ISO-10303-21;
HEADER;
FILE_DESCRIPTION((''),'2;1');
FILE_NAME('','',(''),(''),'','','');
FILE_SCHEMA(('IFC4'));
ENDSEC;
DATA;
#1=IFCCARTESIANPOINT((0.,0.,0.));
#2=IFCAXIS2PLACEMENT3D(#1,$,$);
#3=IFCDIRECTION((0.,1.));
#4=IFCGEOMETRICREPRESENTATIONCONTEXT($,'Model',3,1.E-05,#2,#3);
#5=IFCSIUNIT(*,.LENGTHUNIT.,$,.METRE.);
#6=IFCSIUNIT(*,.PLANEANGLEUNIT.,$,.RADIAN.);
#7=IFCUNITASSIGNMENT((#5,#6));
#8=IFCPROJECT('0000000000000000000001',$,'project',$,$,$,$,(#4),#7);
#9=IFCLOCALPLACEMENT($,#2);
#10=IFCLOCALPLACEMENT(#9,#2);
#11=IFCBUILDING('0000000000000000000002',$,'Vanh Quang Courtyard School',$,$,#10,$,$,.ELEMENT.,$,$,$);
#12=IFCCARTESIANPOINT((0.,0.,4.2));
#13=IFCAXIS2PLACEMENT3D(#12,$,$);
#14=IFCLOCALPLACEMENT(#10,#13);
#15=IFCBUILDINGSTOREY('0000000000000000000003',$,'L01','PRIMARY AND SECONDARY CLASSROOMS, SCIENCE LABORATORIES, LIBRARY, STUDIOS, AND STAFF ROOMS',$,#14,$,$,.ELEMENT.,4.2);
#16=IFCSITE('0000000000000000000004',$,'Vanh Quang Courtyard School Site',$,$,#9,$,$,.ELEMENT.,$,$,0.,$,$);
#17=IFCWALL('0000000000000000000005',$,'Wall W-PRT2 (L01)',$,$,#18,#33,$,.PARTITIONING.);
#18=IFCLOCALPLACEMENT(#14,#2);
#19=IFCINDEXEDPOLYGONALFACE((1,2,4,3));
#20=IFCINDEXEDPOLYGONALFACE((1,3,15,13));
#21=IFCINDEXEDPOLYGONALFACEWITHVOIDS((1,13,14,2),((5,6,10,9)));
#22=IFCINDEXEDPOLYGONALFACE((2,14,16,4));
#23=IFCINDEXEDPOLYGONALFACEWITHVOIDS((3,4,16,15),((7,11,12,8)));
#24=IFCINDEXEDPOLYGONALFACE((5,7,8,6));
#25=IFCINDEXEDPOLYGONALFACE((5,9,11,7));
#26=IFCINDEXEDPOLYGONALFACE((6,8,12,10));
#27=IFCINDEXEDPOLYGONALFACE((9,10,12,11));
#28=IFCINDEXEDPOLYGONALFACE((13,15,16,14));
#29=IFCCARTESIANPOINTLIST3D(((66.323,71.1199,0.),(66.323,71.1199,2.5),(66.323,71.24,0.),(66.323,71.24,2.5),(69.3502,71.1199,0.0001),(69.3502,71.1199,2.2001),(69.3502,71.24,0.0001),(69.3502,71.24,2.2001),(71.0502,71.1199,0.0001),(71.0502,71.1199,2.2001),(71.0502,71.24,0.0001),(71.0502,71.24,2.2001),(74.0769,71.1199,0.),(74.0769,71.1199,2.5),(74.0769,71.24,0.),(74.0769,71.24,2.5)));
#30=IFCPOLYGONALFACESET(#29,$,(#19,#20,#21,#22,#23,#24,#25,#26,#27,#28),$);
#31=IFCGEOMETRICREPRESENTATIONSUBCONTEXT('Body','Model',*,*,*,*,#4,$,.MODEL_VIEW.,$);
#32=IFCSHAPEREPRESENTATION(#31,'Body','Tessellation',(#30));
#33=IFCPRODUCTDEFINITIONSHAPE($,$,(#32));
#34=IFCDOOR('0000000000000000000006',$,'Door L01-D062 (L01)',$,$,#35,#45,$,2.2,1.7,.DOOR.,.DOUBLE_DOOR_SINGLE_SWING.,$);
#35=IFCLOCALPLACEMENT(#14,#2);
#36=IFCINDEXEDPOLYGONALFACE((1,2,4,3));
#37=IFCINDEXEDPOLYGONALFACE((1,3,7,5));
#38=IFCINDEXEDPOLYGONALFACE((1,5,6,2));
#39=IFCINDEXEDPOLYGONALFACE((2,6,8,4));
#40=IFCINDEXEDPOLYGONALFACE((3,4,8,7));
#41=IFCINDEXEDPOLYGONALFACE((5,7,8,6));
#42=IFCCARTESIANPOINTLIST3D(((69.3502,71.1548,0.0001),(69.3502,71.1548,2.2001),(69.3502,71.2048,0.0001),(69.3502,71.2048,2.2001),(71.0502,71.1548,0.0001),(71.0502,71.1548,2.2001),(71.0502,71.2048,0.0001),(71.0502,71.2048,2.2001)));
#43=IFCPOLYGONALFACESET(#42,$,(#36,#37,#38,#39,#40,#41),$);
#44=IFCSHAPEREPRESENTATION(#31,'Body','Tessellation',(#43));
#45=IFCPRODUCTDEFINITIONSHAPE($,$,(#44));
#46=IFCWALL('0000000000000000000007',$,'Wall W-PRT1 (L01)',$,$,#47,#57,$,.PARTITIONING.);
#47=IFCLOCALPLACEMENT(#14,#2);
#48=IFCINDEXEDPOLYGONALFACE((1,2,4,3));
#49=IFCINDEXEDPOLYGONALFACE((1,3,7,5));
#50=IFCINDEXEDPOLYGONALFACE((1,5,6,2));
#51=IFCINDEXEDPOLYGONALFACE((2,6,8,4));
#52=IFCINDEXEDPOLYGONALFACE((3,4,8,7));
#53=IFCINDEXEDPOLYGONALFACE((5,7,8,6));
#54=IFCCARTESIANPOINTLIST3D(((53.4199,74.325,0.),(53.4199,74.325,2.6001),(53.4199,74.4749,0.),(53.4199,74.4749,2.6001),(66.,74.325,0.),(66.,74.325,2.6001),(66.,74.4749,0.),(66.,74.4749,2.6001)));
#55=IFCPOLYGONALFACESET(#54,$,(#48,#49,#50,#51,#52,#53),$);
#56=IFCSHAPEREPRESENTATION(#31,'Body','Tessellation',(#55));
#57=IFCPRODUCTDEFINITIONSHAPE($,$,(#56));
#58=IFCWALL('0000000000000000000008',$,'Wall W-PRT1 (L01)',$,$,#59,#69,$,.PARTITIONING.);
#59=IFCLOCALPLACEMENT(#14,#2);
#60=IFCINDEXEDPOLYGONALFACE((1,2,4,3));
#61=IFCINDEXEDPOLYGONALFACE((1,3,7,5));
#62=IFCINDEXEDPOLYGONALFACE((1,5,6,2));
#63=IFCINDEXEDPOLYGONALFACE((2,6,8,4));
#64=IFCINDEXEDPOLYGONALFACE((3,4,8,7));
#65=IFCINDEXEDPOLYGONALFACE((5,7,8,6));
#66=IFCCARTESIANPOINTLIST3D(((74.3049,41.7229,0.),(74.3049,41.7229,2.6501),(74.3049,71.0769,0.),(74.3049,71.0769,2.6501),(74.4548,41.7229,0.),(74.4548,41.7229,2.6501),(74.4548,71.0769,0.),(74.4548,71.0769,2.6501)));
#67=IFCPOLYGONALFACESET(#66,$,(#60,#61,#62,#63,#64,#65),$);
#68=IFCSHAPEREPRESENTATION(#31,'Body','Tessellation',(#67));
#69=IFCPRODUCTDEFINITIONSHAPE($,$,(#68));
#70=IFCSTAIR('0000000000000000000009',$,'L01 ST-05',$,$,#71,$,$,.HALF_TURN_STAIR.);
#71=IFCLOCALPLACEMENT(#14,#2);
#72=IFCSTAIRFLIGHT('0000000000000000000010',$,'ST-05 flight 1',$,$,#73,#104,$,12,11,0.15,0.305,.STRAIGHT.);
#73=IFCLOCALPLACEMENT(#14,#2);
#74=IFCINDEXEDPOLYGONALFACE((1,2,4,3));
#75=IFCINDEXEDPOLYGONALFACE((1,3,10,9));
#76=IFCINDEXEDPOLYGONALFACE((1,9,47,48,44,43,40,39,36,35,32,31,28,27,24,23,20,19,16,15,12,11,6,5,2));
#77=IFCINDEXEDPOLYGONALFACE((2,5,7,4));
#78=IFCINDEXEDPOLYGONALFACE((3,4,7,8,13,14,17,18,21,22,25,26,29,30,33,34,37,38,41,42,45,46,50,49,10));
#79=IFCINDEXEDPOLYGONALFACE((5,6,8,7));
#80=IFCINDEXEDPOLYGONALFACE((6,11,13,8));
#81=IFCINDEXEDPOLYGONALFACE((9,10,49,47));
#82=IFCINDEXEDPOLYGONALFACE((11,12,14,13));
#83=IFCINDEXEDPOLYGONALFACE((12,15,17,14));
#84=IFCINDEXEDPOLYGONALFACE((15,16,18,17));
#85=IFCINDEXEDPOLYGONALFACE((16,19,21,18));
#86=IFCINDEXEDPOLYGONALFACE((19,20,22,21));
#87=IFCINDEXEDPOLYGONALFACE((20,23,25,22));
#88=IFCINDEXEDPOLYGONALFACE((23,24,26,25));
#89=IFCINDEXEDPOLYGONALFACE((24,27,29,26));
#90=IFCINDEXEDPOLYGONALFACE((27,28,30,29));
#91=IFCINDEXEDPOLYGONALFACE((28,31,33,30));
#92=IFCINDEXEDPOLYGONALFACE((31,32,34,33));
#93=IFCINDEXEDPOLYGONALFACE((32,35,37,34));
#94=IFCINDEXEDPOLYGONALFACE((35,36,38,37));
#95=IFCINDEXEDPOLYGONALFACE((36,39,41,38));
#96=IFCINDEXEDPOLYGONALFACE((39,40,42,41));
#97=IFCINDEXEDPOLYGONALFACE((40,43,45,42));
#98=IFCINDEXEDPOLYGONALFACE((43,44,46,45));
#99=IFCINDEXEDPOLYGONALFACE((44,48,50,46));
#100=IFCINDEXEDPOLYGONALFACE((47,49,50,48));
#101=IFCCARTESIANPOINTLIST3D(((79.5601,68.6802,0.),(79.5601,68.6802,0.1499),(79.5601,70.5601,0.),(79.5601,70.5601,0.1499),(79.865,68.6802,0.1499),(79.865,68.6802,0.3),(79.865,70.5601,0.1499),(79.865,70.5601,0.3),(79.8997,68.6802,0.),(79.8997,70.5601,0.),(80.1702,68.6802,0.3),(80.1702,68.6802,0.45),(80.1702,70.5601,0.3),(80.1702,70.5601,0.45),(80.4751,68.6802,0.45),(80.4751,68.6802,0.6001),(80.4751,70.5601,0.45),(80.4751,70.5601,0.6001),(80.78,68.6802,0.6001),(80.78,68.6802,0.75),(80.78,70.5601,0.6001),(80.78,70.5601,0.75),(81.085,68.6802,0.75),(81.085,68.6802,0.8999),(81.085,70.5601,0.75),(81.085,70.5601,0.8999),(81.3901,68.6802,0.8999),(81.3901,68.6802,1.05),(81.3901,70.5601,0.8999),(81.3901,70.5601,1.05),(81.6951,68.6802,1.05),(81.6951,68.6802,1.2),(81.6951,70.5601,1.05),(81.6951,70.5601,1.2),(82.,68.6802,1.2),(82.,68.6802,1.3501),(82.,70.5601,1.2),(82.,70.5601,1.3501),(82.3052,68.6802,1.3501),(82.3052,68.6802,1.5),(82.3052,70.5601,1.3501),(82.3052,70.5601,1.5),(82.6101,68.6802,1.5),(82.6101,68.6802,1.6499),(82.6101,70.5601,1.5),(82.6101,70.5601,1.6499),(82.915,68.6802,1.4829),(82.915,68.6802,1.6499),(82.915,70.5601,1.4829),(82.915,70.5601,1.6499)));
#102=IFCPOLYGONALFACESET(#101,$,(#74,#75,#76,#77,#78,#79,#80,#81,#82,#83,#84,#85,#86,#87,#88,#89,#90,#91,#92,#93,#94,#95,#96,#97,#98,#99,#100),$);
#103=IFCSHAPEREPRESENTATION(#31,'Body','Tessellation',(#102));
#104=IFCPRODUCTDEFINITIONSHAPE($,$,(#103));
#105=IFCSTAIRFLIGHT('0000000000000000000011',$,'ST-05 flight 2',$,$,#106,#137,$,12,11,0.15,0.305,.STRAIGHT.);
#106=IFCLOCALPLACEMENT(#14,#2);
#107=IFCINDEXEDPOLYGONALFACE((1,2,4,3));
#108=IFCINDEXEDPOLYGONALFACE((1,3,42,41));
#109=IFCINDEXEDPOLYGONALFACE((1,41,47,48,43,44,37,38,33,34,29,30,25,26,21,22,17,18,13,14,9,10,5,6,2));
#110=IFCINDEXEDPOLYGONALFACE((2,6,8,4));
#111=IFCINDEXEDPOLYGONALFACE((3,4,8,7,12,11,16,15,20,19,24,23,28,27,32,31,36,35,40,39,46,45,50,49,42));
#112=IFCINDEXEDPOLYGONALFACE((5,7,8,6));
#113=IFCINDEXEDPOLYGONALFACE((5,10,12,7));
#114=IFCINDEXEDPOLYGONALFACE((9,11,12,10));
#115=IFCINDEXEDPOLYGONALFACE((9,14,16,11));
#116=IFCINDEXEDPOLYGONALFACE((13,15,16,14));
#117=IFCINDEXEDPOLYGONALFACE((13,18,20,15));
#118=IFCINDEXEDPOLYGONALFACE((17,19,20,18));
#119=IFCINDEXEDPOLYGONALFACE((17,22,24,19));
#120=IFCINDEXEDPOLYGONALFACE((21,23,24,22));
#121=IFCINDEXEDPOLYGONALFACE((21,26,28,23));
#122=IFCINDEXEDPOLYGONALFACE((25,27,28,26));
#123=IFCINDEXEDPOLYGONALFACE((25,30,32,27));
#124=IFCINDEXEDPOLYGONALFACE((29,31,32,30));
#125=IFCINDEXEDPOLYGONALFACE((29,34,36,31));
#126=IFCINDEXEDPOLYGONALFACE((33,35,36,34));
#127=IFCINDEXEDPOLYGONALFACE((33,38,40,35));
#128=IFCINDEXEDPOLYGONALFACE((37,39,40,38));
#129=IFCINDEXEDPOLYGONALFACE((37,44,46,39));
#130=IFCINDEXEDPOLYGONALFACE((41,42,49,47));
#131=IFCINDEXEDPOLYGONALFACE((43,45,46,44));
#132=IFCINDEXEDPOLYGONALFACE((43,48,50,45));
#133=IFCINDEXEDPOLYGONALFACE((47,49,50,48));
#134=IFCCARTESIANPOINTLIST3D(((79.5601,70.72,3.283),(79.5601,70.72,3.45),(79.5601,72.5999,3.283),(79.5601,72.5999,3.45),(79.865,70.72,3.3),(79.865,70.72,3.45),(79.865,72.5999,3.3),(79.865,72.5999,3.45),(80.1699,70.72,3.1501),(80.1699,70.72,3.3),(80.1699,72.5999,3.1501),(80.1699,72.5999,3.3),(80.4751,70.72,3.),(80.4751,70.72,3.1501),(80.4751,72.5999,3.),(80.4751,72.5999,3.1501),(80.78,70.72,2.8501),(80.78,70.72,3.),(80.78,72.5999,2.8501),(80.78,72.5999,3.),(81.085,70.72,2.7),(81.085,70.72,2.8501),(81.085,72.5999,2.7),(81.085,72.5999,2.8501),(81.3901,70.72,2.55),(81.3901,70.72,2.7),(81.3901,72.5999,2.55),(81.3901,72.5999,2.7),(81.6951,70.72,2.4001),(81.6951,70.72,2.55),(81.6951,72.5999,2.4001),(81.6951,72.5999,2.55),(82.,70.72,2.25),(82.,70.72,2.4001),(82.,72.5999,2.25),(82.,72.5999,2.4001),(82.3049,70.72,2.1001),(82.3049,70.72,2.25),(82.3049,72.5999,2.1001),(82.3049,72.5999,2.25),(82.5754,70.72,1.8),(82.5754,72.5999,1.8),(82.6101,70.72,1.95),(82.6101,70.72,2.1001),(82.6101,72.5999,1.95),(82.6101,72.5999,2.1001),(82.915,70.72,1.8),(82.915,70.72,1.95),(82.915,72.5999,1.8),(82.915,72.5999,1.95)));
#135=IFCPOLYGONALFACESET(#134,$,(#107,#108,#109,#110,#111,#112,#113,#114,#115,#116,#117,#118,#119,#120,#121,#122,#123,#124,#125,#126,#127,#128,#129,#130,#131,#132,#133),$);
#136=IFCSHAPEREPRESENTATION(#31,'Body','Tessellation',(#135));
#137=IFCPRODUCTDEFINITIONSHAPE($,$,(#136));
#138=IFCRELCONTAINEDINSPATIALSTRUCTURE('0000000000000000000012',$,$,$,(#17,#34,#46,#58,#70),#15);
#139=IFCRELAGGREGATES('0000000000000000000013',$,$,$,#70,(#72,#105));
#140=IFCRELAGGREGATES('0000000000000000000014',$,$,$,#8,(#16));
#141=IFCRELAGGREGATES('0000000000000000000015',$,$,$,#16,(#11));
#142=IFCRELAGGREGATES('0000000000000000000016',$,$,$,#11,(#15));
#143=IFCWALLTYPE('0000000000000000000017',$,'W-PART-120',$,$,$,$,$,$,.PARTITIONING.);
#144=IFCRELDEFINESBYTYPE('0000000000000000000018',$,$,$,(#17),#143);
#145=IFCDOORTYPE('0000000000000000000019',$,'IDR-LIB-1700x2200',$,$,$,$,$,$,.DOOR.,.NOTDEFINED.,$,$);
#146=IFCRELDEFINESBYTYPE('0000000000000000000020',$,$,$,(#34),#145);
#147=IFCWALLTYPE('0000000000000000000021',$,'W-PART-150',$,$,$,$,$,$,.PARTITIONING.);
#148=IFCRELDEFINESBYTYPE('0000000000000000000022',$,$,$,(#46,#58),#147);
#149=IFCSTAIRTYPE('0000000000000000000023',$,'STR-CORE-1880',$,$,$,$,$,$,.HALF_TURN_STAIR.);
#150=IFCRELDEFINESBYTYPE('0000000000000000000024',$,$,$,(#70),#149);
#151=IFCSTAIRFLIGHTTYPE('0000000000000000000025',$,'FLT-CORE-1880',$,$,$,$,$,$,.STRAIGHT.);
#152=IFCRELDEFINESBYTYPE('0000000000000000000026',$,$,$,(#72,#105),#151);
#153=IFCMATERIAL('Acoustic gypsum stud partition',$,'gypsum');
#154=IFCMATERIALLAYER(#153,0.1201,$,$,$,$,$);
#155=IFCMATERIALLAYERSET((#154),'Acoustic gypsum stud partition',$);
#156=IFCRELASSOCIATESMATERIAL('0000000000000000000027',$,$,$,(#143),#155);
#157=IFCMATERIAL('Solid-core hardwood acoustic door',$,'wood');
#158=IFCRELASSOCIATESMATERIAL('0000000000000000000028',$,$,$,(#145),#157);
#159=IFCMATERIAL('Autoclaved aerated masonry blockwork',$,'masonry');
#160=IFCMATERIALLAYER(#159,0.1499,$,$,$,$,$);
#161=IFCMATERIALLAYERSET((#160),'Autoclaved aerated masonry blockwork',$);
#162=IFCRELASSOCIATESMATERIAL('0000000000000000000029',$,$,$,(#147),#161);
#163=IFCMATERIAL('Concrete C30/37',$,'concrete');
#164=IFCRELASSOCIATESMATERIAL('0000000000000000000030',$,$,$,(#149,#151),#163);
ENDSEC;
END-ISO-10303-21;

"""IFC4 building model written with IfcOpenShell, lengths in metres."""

from ifc_helpers import new_model, si_unit, direction, frame, frame_2d, origin, place, context, subcontext, project, spatial, polyline, rectangle, outline, extrude, material, layer, layer_set, type_object, element, fill, aggregate, save


model = new_model("IFC4")

# Units and contexts
model_context = context("Model", 3, precision=1e-05, world=origin(), true_north=direction((0.0, 1.0)))
body_context = subcontext(model_context, "Body", "Model", "MODEL_VIEW")
ifc_project = project(units=[si_unit("LENGTHUNIT", "METRE"), si_unit("PLANEANGLEUNIT", "RADIAN")], contexts=[model_context])

# Site, building, storey
site_placement = place(None, origin())
site = spatial("IfcSite", under=ifc_project, at=site_placement, Name="Vanh Quang Courtyard School Site", CompositionType="ELEMENT", RefElevation=0.0)
building_placement = place(site_placement, origin())
building = spatial("IfcBuilding", under=site, at=building_placement, Name="Vanh Quang Courtyard School", CompositionType="ELEMENT")
storey_placement = place(building_placement, frame((0.0, 0.0, 4.2)))
storey = spatial("IfcBuildingStorey", under=building, at=storey_placement, Name="L01", Description="PRIMARY AND SECONDARY CLASSROOMS, SCIENCE LABORATORIES, LIBRARY, STUDIOS, AND STAFF ROOMS", CompositionType="ELEMENT", Elevation=4.2)

# Shared definitions
ifc_material_1 = material(Name="Concrete C30/37", Category="concrete")

# Wall, opening, door
ifc_material_2 = material(Name="Acoustic gypsum stud partition", Category="gypsum")
ifc_layer_1 = layer(ifc_material_2, 0.1201)
ifc_layer_set_1 = layer_set([ifc_layer_1], Name="Acoustic gypsum stud partition")
wall_type_1 = type_object("IfcWallType", Name="W-PART-120", PredefinedType="PARTITIONING", material=ifc_layer_set_1)
wall_1_placement = place(storey_placement, frame((66.323, 71.1799, 0.0), z_axis=(0.0, 0.0, 1.0), x_axis=(1.0, 0.0, 0.0)))
wall_1 = element("IfcWall", 1, at=wall_1_placement, inside=storey, type_object=wall_type_1, Name="Wall W-PRT2 (L01)", PredefinedType="PARTITIONING", context=body_context, shape_type="SweptSolid", body=[
    extrude(rectangle(XDim=7.7539, YDim=0.1201, at=frame_2d((3.877, 0.0))), origin(), (0.0, 0.0, 1.0), 2.5),
])
opening_1_placement = place(wall_1_placement, frame((3.0271, 0.0, 0.0)))
opening_1 = element("IfcOpeningElement", 2, at=opening_1_placement, cuts=wall_1, PredefinedType="OPENING", context=body_context, shape_type="SweptSolid", body=[
    extrude(rectangle(XDim=1.7, YDim=2.2, at=frame_2d((0.8501, 1.1001))), frame((0.0, 0.0701, 0.0), z_axis=(0.0, -1.0, 0.0), x_axis=(1.0, 0.0, 0.0)), (0.0, 0.0, 1.0), 0.1401),
])
ifc_material_3 = material(Name="Solid-core hardwood acoustic door", Category="wood")
door_type_1 = type_object("IfcDoorType", Name="IDR-LIB-1700x2200", OperationType="NOTDEFINED", PredefinedType="DOOR", material=ifc_material_3)
door_1_placement = place(opening_1_placement, origin())
door_1 = element("IfcDoor", 3, at=door_1_placement, inside=storey, type_object=door_type_1, Name="Door L01-D062 (L01)", OperationType="DOUBLE_DOOR_SINGLE_SWING", OverallHeight=2.2, OverallWidth=1.7, PredefinedType="DOOR", context=body_context, shape_type="SweptSolid", body=[
    extrude(rectangle(XDim=1.7, YDim=2.2, at=frame_2d((0.8501, 1.1001))), frame((0.0, 0.0249, 0.0), z_axis=(0.0, -1.0, 0.0), x_axis=(1.0, 0.0, 0.0)), (0.0, 0.0, 1.0), 0.05),
])
fill(opening_1, door_1)

# Walls
ifc_material_4 = material(Name="Autoclaved aerated masonry blockwork", Category="masonry")
ifc_layer_2 = layer(ifc_material_4, 0.1499)
ifc_layer_set_2 = layer_set([ifc_layer_2], Name="Autoclaved aerated masonry blockwork")
wall_type_2 = type_object("IfcWallType", Name="W-PART-150", PredefinedType="PARTITIONING", material=ifc_layer_set_2)
wall_2_placement = place(storey_placement, frame((66.0, 74.3999, 0.0), z_axis=(0.0, 0.0, 1.0), x_axis=(-1.0, 0.0, 0.0)))
element("IfcWall", 4, at=wall_2_placement, inside=storey, type_object=wall_type_2, Name="Wall W-PRT1 (L01)", PredefinedType="PARTITIONING", context=body_context, shape_type="SweptSolid", body=[
    extrude(rectangle(XDim=12.5801, YDim=0.1499, at=frame_2d((6.29, 0.0))), origin(), (0.0, 0.0, 1.0), 2.6001),
])
wall_3_placement = place(storey_placement, frame((74.3799, 71.0769, 0.0), z_axis=(0.0, 0.0, 1.0), x_axis=(0.0, -1.0, 0.0)))
element("IfcWall", 5, at=wall_3_placement, inside=storey, type_object=wall_type_2, Name="Wall W-PRT1 (L01)", PredefinedType="PARTITIONING", context=body_context, shape_type="SweptSolid", body=[
    extrude(rectangle(XDim=29.354, YDim=0.1499, at=frame_2d((14.677, 0.0))), origin(), (0.0, 0.0, 1.0), 2.6501),
])

# Stair, stair flights
stair_type = type_object("IfcStairType", Name="STR-CORE-1880", PredefinedType="HALF_TURN_STAIR", material=ifc_material_1)
stair_placement = place(storey_placement, origin())
stair = element("IfcStair", 6, at=stair_placement, inside=storey, type_object=stair_type, Name="L01 ST-05", PredefinedType="HALF_TURN_STAIR")
stair_flight_type = type_object("IfcStairFlightType", Name="FLT-CORE-1880", PredefinedType="STRAIGHT", material=ifc_material_1)
stair_flight_1_placement = place(storey_placement, frame((79.5601, 69.6201, 0.0), z_axis=(0.0, 0.0, 1.0), x_axis=(1.0, 0.0, 0.0)))
stair_flight_1 = element("IfcStairFlight", 7, at=stair_flight_1_placement, type_object=stair_flight_type, Name="ST-05 flight 1", NumberOfRisers=12, NumberOfTreads=11, PredefinedType="STRAIGHT", RiserHeight=0.15, TreadLength=0.305, context=body_context, shape_type="SweptSolid", body=[
    extrude(outline(polyline([(0.0, 0.0), (0.0, 0.1499), (0.3049, 0.1499), (0.3049, 0.3), (0.6101, 0.3), (0.6101, 0.45), (0.915, 0.45), (0.915, 0.6001), (1.22, 0.6001), (1.22, 0.75), (1.5249, 0.75), (1.5249, 0.8999), (1.8301, 0.8999), (1.8301, 1.05), (2.135, 1.05), (2.135, 1.2), (2.4399, 1.2), (2.4399, 1.3501), (2.7451, 1.3501), (2.7451, 1.5), (3.05, 1.5), (3.05, 1.6499), (3.355, 1.6499), (3.355, 1.8), (3.355, 1.4829), (0.3396, 0.0), (0.0, 0.0)])), frame((0.0, 0.9399, 0.0), z_axis=(0.0, -1.0, 0.0), x_axis=(1.0, 0.0, 0.0)), (0.0, 0.0, 1.0), 1.8799),
])
stair_flight_2_placement = place(storey_placement, frame((82.915, 71.6599, 1.8), z_axis=(0.0, 0.0, 1.0), x_axis=(-1.0, 0.0, 0.0)))
stair_flight_2 = element("IfcStairFlight", 8, at=stair_flight_2_placement, type_object=stair_flight_type, Name="ST-05 flight 2", NumberOfRisers=12, NumberOfTreads=11, PredefinedType="STRAIGHT", RiserHeight=0.15, TreadLength=0.305, context=body_context, shape_type="SweptSolid", body=[
    extrude(outline(polyline([(0.0, 0.0), (0.0, 0.1499), (0.3049, 0.1499), (0.3049, 0.3), (0.6101, 0.3), (0.6101, 0.45), (0.915, 0.45), (0.915, 0.6001), (1.22, 0.6001), (1.22, 0.75), (1.5249, 0.75), (1.5249, 0.8999), (1.8301, 0.8999), (1.8301, 1.05), (2.135, 1.05), (2.135, 1.2), (2.4399, 1.2), (2.4399, 1.3501), (2.7451, 1.3501), (2.7451, 1.5), (3.05, 1.5), (3.05, 1.6499), (3.355, 1.6499), (3.355, 1.8), (3.355, 1.4829), (0.3396, 0.0), (0.0, 0.0)])), frame((0.0, 0.9399, 0.0), z_axis=(0.0, -1.0, 0.0), x_axis=(1.0, 0.0, 0.0)), (0.0, 0.0, 1.0), 1.8799),
])
aggregate(stair, [stair_flight_1, stair_flight_2])

save(model, "model.ifc")
